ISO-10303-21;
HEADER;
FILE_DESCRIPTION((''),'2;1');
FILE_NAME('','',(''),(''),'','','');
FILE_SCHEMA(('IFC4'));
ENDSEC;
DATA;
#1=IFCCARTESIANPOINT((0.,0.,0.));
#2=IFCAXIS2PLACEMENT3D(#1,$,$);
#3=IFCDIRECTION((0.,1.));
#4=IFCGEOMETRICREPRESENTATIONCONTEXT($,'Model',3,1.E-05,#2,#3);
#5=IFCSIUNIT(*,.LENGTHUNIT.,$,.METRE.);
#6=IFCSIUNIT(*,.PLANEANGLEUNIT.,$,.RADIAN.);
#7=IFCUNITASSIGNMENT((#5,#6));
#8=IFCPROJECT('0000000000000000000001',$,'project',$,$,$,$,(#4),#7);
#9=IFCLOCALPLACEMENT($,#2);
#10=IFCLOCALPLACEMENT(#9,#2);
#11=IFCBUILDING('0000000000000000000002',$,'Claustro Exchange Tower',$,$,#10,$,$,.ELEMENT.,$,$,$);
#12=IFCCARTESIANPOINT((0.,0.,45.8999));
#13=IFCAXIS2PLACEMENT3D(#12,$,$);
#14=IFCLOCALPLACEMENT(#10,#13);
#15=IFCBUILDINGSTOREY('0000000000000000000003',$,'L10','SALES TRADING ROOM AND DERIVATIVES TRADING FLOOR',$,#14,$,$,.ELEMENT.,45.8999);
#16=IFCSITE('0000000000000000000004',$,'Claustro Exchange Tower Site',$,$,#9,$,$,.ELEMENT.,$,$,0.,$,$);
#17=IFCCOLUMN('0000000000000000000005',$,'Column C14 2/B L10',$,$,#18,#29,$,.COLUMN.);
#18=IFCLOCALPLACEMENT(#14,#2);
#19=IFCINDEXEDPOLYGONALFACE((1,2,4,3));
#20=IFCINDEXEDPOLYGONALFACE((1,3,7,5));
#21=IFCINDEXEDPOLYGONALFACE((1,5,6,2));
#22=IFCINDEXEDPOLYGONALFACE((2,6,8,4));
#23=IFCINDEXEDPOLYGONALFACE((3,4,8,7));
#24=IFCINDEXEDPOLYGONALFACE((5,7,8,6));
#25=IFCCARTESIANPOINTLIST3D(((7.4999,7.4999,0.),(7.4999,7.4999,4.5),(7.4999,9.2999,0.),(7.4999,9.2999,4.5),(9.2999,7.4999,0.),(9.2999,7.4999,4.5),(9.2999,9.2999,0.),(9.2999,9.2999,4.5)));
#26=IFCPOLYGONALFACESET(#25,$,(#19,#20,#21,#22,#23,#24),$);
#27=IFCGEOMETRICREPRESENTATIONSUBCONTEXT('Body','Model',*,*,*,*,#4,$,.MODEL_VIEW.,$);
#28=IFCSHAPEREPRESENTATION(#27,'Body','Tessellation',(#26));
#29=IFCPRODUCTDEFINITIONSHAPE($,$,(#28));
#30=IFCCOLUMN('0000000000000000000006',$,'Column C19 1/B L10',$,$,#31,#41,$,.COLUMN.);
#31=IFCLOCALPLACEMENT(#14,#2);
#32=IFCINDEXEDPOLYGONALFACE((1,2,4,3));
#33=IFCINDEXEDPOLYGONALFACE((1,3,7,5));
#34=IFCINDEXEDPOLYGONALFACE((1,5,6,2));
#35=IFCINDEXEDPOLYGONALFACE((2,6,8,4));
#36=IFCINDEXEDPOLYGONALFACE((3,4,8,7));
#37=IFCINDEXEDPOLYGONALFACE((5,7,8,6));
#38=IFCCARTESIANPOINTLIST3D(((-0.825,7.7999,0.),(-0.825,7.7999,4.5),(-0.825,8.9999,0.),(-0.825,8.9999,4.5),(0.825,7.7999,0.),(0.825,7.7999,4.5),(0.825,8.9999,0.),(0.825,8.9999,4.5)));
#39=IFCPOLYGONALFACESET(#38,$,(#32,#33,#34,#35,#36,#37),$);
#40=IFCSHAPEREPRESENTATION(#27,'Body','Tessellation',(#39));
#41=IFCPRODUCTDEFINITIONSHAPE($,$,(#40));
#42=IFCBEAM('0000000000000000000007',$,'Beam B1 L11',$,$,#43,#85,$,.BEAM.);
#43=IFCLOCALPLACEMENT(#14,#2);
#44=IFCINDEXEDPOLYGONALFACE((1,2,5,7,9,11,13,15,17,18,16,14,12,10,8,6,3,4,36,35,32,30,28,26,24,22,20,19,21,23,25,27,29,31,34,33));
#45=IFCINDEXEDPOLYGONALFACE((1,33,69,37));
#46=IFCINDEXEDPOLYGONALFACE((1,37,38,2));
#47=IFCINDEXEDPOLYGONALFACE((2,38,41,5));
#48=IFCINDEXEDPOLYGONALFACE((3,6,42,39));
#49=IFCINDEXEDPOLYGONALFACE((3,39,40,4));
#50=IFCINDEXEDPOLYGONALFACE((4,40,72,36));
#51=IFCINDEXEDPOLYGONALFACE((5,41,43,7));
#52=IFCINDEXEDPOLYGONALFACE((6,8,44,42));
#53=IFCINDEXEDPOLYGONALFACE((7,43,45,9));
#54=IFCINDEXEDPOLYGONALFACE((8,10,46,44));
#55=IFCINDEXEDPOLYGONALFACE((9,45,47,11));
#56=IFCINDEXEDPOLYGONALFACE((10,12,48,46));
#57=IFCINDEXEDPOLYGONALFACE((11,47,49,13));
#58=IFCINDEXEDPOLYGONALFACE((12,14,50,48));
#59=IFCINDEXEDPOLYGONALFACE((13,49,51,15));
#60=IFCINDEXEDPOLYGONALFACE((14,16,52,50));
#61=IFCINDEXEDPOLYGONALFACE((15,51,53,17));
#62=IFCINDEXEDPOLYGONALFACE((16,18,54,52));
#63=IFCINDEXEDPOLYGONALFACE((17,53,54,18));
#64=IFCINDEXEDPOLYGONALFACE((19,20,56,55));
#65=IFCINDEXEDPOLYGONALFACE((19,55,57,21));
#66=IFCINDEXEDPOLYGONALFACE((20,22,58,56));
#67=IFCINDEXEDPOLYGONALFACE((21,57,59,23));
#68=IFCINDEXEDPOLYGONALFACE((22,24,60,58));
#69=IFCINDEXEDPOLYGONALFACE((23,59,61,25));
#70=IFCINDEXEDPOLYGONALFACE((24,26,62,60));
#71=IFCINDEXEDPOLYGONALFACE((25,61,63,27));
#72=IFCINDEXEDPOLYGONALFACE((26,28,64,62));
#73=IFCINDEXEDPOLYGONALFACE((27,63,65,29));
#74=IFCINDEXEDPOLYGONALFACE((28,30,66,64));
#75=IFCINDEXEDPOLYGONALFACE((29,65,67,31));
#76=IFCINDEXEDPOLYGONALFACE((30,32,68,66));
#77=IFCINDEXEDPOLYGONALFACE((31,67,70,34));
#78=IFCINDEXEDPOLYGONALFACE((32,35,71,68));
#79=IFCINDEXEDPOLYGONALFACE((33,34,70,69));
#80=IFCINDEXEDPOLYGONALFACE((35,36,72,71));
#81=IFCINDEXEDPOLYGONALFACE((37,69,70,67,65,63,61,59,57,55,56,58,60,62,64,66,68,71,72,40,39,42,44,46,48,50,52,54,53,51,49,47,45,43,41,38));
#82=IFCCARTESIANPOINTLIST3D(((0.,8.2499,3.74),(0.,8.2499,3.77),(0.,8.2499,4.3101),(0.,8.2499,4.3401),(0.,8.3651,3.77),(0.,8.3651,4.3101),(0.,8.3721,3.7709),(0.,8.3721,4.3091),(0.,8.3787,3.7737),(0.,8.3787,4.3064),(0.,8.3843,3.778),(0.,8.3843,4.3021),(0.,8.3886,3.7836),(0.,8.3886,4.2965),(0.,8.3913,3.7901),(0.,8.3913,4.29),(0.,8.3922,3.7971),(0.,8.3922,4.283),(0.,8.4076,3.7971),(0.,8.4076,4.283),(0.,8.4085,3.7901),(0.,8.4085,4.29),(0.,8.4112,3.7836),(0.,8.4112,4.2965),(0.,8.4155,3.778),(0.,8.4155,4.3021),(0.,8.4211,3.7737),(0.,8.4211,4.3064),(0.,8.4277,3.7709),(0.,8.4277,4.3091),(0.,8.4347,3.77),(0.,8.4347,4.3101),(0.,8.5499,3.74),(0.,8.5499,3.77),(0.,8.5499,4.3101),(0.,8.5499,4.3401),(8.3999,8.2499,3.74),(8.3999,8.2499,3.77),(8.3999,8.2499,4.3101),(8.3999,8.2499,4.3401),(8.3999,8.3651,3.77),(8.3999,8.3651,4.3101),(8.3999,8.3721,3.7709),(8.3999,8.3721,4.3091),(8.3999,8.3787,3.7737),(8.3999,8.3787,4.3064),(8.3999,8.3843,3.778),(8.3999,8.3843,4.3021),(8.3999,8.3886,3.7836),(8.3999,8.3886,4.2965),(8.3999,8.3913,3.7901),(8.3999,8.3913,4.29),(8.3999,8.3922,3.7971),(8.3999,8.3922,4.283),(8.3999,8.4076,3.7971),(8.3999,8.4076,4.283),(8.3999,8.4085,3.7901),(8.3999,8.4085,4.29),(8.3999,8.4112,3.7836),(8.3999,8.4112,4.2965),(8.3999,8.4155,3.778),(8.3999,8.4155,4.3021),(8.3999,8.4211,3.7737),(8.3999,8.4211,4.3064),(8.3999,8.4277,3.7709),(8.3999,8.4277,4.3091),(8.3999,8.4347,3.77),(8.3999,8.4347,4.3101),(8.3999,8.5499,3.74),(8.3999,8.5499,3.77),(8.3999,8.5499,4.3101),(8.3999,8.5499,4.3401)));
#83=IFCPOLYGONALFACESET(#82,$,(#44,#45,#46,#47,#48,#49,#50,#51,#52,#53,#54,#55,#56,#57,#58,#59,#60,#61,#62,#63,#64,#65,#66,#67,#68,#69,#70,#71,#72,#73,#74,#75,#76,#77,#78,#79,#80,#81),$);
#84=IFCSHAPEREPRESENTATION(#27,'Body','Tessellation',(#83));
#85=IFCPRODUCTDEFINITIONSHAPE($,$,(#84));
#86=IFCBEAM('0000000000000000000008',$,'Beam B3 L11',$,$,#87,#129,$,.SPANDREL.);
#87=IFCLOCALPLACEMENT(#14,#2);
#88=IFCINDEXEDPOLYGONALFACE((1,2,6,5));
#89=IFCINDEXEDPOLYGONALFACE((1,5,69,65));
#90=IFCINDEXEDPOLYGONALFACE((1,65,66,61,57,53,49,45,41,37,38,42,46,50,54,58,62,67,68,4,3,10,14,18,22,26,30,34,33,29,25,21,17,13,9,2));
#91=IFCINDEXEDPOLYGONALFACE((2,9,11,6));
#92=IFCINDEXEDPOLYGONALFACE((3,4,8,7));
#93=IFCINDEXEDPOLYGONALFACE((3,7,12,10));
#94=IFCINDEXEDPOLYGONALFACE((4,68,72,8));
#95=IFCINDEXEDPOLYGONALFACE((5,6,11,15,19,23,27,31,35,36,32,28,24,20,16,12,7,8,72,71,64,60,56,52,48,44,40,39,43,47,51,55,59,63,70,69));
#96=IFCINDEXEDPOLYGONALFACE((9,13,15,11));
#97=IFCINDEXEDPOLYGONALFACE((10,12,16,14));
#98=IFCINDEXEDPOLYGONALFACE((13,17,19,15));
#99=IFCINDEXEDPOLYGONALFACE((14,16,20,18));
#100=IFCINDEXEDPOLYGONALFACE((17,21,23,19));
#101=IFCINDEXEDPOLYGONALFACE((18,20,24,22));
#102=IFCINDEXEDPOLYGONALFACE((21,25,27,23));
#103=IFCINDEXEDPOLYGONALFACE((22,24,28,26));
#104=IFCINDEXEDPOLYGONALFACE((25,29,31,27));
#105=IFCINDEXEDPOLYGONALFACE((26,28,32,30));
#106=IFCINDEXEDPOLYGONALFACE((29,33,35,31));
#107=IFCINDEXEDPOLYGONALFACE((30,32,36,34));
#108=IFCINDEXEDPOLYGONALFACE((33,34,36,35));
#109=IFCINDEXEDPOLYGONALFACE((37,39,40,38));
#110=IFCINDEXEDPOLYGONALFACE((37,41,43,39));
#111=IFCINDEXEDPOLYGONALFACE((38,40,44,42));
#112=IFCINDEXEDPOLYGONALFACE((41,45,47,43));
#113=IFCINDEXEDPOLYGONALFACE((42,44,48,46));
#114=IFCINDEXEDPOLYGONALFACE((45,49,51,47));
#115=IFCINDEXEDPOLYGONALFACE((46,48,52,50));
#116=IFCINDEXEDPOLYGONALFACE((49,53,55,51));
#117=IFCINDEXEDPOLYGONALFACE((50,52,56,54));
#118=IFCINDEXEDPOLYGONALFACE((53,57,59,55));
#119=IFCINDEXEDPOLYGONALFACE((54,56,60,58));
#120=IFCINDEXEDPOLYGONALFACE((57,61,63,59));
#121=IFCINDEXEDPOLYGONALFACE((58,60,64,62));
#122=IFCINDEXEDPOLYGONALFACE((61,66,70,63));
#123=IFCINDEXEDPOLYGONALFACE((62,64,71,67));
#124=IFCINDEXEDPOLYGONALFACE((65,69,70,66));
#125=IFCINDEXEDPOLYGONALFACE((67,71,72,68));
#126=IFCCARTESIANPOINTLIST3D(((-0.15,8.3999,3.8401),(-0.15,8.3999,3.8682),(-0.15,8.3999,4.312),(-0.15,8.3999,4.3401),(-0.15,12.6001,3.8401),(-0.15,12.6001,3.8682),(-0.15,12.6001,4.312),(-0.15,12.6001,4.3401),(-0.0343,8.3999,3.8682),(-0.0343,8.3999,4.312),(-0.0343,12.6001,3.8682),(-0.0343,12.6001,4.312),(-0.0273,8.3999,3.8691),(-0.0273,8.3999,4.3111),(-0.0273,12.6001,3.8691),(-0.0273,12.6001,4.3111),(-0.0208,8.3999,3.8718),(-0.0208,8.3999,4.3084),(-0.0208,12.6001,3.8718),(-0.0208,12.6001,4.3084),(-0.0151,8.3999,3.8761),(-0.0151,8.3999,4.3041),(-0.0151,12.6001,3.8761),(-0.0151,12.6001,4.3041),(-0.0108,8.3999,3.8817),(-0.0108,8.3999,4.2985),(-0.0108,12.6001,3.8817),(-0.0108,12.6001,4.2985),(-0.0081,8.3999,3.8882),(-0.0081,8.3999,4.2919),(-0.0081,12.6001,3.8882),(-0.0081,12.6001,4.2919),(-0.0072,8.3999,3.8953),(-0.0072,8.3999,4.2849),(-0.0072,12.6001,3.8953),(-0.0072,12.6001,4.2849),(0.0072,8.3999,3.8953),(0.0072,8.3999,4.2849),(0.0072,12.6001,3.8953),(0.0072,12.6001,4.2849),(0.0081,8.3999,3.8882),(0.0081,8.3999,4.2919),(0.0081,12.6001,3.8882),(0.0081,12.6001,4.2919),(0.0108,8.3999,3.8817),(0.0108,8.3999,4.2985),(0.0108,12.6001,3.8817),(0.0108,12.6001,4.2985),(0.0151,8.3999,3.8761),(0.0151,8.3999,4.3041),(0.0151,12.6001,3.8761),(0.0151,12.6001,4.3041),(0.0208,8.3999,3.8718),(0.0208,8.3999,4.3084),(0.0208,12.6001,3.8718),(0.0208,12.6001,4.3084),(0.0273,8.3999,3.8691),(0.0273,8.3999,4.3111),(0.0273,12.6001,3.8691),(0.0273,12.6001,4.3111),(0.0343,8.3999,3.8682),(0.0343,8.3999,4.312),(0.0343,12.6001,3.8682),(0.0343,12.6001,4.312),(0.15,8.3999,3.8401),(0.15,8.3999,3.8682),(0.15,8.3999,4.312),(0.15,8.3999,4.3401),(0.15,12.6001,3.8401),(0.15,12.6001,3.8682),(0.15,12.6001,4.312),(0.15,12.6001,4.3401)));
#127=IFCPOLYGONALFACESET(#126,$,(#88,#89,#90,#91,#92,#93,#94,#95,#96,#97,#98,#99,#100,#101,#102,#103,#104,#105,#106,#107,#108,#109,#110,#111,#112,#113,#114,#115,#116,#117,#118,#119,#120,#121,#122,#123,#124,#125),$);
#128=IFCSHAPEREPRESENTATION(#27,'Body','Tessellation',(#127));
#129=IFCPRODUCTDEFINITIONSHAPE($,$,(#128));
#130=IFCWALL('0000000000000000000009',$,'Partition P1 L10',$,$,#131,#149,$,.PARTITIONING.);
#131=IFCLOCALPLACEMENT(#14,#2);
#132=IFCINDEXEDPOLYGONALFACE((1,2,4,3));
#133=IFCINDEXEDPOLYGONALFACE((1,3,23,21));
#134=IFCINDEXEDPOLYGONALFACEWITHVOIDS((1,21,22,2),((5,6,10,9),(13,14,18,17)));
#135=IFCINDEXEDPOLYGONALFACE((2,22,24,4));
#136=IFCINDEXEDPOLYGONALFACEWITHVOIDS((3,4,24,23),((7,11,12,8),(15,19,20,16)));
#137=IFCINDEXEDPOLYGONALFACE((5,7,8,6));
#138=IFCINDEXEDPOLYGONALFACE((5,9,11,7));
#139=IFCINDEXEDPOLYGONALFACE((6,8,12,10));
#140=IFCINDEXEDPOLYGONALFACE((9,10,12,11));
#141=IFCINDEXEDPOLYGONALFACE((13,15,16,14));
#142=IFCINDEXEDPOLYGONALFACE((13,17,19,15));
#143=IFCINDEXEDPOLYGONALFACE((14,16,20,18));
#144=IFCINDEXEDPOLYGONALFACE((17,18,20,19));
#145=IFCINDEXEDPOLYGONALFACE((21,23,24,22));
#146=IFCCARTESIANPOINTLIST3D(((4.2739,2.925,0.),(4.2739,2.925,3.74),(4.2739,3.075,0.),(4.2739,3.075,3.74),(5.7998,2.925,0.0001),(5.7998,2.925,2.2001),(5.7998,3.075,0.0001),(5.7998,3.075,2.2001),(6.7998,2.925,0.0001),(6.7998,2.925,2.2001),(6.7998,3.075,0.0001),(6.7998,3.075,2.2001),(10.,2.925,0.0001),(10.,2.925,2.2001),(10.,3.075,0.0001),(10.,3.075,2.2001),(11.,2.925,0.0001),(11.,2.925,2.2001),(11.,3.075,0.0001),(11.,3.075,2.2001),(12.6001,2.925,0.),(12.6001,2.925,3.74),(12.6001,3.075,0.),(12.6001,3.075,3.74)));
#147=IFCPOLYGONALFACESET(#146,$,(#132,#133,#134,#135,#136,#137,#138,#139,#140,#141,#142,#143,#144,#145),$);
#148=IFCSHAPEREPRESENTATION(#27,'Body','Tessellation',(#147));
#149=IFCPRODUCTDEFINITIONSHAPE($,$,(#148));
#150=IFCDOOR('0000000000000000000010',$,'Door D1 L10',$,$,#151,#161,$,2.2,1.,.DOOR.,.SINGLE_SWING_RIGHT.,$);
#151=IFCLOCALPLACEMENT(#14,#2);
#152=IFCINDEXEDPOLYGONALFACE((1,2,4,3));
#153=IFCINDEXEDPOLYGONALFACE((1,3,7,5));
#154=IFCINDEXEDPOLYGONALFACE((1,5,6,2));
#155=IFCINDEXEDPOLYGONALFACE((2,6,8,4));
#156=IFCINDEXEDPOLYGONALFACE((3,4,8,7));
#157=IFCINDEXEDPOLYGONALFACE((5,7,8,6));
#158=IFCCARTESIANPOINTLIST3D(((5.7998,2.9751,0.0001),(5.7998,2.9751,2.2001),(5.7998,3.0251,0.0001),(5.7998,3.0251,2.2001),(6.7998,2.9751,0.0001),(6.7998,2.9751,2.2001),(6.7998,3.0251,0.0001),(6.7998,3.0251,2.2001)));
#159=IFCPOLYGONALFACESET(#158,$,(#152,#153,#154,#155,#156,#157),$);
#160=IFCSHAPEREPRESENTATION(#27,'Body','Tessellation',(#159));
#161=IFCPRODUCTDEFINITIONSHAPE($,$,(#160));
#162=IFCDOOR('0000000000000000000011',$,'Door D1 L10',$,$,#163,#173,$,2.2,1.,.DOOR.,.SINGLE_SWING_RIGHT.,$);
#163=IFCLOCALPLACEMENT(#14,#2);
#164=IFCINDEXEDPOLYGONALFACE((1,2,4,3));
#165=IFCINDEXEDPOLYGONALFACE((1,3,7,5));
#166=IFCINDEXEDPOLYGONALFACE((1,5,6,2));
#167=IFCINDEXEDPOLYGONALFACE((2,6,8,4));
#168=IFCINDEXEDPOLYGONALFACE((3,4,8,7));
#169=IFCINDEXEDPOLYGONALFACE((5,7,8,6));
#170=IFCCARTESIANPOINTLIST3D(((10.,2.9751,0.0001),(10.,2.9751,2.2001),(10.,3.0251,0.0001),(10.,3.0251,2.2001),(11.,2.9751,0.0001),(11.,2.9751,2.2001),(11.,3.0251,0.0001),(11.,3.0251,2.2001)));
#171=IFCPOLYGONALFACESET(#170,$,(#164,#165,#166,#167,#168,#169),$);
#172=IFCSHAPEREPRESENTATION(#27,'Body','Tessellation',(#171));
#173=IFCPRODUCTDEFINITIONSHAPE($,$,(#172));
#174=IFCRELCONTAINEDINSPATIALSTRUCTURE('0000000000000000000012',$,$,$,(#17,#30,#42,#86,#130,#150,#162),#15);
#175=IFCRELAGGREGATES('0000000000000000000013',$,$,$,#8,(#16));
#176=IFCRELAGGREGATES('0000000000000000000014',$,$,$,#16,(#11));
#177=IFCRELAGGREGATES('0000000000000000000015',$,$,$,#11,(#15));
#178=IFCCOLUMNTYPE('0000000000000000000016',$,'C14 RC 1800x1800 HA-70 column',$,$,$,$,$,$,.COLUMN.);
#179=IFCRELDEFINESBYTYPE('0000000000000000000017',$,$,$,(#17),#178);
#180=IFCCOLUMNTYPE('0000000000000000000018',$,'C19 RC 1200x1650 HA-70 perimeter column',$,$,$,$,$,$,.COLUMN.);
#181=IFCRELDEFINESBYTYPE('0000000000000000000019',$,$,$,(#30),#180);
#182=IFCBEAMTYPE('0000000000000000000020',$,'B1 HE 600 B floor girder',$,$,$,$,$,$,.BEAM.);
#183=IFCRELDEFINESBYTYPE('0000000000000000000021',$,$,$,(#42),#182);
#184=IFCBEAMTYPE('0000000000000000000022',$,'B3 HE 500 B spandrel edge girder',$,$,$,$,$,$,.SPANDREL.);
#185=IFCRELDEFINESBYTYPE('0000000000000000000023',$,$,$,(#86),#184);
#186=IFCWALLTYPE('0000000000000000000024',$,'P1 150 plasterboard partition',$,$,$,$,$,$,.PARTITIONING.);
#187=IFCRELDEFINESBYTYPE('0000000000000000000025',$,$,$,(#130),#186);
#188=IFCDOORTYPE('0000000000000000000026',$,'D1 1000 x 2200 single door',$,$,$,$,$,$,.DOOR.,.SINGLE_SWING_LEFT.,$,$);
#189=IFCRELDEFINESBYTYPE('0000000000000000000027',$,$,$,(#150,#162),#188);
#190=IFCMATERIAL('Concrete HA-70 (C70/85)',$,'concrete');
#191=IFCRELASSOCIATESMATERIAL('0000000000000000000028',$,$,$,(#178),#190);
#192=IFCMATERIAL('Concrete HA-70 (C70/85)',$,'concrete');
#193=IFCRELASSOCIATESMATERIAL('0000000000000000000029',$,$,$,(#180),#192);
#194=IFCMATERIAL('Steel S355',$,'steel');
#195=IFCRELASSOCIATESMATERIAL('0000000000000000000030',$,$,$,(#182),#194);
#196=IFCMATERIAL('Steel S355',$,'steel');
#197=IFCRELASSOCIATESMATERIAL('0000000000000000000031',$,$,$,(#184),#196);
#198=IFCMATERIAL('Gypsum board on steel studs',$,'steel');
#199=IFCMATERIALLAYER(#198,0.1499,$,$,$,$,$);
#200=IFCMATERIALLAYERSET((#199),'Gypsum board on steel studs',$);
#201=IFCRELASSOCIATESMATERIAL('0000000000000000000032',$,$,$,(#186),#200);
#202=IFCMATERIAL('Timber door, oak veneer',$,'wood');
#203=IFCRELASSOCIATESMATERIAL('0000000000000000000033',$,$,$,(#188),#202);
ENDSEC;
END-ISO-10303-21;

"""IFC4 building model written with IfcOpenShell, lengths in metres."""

from ifc_helpers import new_model, si_unit, direction, frame, frame_2d, origin, origin_2d, place, context, subcontext, project, spatial, rectangle, i_section, extrude, material, layer, layer_set, material_profile, profile_set, type_object, element, fill, save


model = new_model("IFC4")

# Units and contexts
model_context = context("Model", 3, precision=1e-05, world=origin(), true_north=direction((0.0, 1.0)))
body_context = subcontext(model_context, "Body", "Model", "MODEL_VIEW")
ifc_project = project(units=[si_unit("LENGTHUNIT", "METRE"), si_unit("PLANEANGLEUNIT", "RADIAN")], contexts=[model_context])

# Site, building, storey
site_placement = place(None, origin())
site = spatial("IfcSite", under=ifc_project, at=site_placement, Name="Claustro Exchange Tower Site", CompositionType="ELEMENT", RefElevation=0.0)
building_placement = place(site_placement, origin())
building = spatial("IfcBuilding", under=site, at=building_placement, Name="Claustro Exchange Tower", CompositionType="ELEMENT")
storey_placement = place(building_placement, frame((0.0, 0.0, 45.8999)))
storey = spatial("IfcBuildingStorey", under=building, at=storey_placement, Name="L10", Description="SALES TRADING ROOM AND DERIVATIVES TRADING FLOOR", CompositionType="ELEMENT", Elevation=45.8999)

# Columns
ifc_material_1 = material(Name="Concrete HA-70 (C70/85)", Category="concrete")
ifc_material_profile_1 = material_profile(ifc_material_1, rectangle(XDim=1.8, YDim=1.8, at=origin_2d()), Name="RC 1800x1800")
ifc_profile_set_1 = profile_set([ifc_material_profile_1], Name="Concrete HA-70 (C70/85)")
column_type_1 = type_object("IfcColumnType", Name="C14 RC 1800x1800 HA-70 column", PredefinedType="COLUMN", material=ifc_profile_set_1)
column_1_placement = place(storey_placement, frame((8.3999, 8.3999, 0.0), z_axis=(0.0, 0.0, 1.0), x_axis=(1.0, 0.0, 0.0)))
element("IfcColumn", 1, at=column_1_placement, inside=storey, type_object=column_type_1, Name="Column C14 2/B L10", PredefinedType="COLUMN", context=body_context, shape_type="SweptSolid", body=[
    extrude(rectangle(XDim=1.8, YDim=1.8, at=origin_2d()), origin(), (0.0, 0.0, 1.0), 4.5),
])
ifc_material_2 = material(Name="Concrete HA-70 (C70/85)", Category="concrete")
ifc_material_profile_2 = material_profile(ifc_material_2, rectangle(XDim=1.2, YDim=1.6499, at=origin_2d()), Name="RC 1200x1650")
ifc_profile_set_2 = profile_set([ifc_material_profile_2], Name="Concrete HA-70 (C70/85)")
column_type_2 = type_object("IfcColumnType", Name="C19 RC 1200x1650 HA-70 perimeter column", PredefinedType="COLUMN", material=ifc_profile_set_2)
column_2_placement = place(storey_placement, frame((0.0, 8.3999, 0.0), z_axis=(0.0, 0.0, 1.0), x_axis=(0.0, 1.0, 0.0)))
element("IfcColumn", 2, at=column_2_placement, inside=storey, type_object=column_type_2, Name="Column C19 1/B L10", PredefinedType="COLUMN", context=body_context, shape_type="SweptSolid", body=[
    extrude(rectangle(XDim=1.2, YDim=1.6499, at=origin_2d()), origin(), (0.0, 0.0, 1.0), 4.5),
])

# Beams
ifc_material_3 = material(Name="Steel S355", Category="steel")
ifc_material_profile_3 = material_profile(ifc_material_3, i_section(OverallWidth=0.3, OverallDepth=0.6001, WebThickness=0.0154, FlangeThickness=0.03, FilletRadius=0.0271, at=origin_2d()), Name="HE 600 B")
ifc_profile_set_3 = profile_set([ifc_material_profile_3], Name="Steel S355")
beam_type_1 = type_object("IfcBeamType", Name="B1 HE 600 B floor girder", PredefinedType="BEAM", material=ifc_profile_set_3)
beam_1_placement = place(storey_placement, frame((0.0, 8.3999, 4.04), z_axis=(1.0, 0.0, 0.0), x_axis=(0.0, 1.0, 0.0)))
element("IfcBeam", 3, at=beam_1_placement, inside=storey, type_object=beam_type_1, Name="Beam B1 L11", PredefinedType="BEAM", context=body_context, shape_type="SweptSolid", body=[
    extrude(i_section(OverallWidth=0.3, OverallDepth=0.6001, WebThickness=0.0154, FlangeThickness=0.03, FilletRadius=0.0271, at=origin_2d()), origin(), (0.0, 0.0, 1.0), 8.3999),
])
ifc_material_4 = material(Name="Steel S355", Category="steel")
ifc_material_profile_4 = material_profile(ifc_material_4, i_section(OverallWidth=0.3, OverallDepth=0.5, WebThickness=0.0144, FlangeThickness=0.0281, FilletRadius=0.0271, at=origin_2d()), Name="HE 500 B")
ifc_profile_set_4 = profile_set([ifc_material_profile_4], Name="Steel S355")
beam_type_2 = type_object("IfcBeamType", Name="B3 HE 500 B spandrel edge girder", PredefinedType="SPANDREL", material=ifc_profile_set_4)
beam_2_placement = place(storey_placement, frame((0.0, 8.3999, 4.0901), z_axis=(0.0, 1.0, 0.0), x_axis=(-1.0, 0.0, 0.0)))
element("IfcBeam", 4, at=beam_2_placement, inside=storey, type_object=beam_type_2, Name="Beam B3 L11", PredefinedType="SPANDREL", context=body_context, shape_type="SweptSolid", body=[
    extrude(i_section(OverallWidth=0.3, OverallDepth=0.5, WebThickness=0.0144, FlangeThickness=0.0281, FilletRadius=0.0271, at=origin_2d()), origin(), (0.0, 0.0, 1.0), 4.2002),
])

# Wall, openings, doors
ifc_material_5 = material(Name="Gypsum board on steel studs", Category="steel")
ifc_layer_1 = layer(ifc_material_5, 0.1499)
ifc_layer_set_1 = layer_set([ifc_layer_1], Name="Gypsum board on steel studs")
wall_type_1 = type_object("IfcWallType", Name="P1 150 plasterboard partition", PredefinedType="PARTITIONING", material=ifc_layer_set_1)
wall_1_placement = place(storey_placement, frame((4.2739, 3.0, 0.0), z_axis=(0.0, 0.0, 1.0), x_axis=(1.0, 0.0, 0.0)))
wall_1 = element("IfcWall", 5, at=wall_1_placement, inside=storey, type_object=wall_type_1, Name="Partition P1 L10", PredefinedType="PARTITIONING", context=body_context, shape_type="SweptSolid", body=[
    extrude(rectangle(XDim=8.3262, YDim=0.1499, at=frame_2d((4.1631, 0.0))), origin(), (0.0, 0.0, 1.0), 3.74),
])
opening_1_placement = place(wall_1_placement, frame((1.5259, 0.0, 0.0)))
opening_1 = element("IfcOpeningElement", 6, at=opening_1_placement, cuts=wall_1, PredefinedType="OPENING", context=body_context, shape_type="SweptSolid", body=[
    extrude(rectangle(XDim=1.0, YDim=2.2, at=frame_2d((0.5, 1.1001))), frame((0.0, 0.085, 0.0), z_axis=(0.0, -1.0, 0.0), x_axis=(1.0, 0.0, 0.0)), (0.0, 0.0, 1.0), 0.1699),
])
opening_2_placement = place(wall_1_placement, frame((5.7261, 0.0, 0.0)))
opening_2 = element("IfcOpeningElement", 7, at=opening_2_placement, cuts=wall_1, PredefinedType="OPENING", context=body_context, shape_type="SweptSolid", body=[
    extrude(rectangle(XDim=1.0, YDim=2.2, at=frame_2d((0.5, 1.1001))), frame((0.0, 0.085, 0.0), z_axis=(0.0, -1.0, 0.0), x_axis=(1.0, 0.0, 0.0)), (0.0, 0.0, 1.0), 0.1699),
])
ifc_material_6 = material(Name="Timber door, oak veneer", Category="wood")
door_type_1 = type_object("IfcDoorType", Name="D1 1000 x 2200 single door", OperationType="SINGLE_SWING_LEFT", PredefinedType="DOOR", material=ifc_material_6)
door_1_placement = place(opening_1_placement, frame((1.0, 0.0, 0.0), z_axis=(0.0, 0.0, 1.0), x_axis=(-1.0, 0.0, 0.0)))
door_1 = element("IfcDoor", 8, at=door_1_placement, inside=storey, type_object=door_type_1, Name="Door D1 L10", OperationType="SINGLE_SWING_RIGHT", OverallHeight=2.2, OverallWidth=1.0, PredefinedType="DOOR", context=body_context, shape_type="SweptSolid", body=[
    extrude(rectangle(XDim=1.0, YDim=2.2, at=frame_2d((0.5, 1.1001))), frame((0.0, 0.0249, 0.0), z_axis=(0.0, -1.0, 0.0), x_axis=(1.0, 0.0, 0.0)), (0.0, 0.0, 1.0), 0.05),
])
fill(opening_1, door_1)
door_2_placement = place(opening_2_placement, frame((1.0, 0.0, 0.0), z_axis=(0.0, 0.0, 1.0), x_axis=(-1.0, 0.0, 0.0)))
door_2 = element("IfcDoor", 9, at=door_2_placement, inside=storey, type_object=door_type_1, Name="Door D1 L10", OperationType="SINGLE_SWING_RIGHT", OverallHeight=2.2, OverallWidth=1.0, PredefinedType="DOOR", context=body_context, shape_type="SweptSolid", body=[
    extrude(rectangle(XDim=1.0, YDim=2.2, at=frame_2d((0.5, 1.1001))), frame((0.0, 0.0249, 0.0), z_axis=(0.0, -1.0, 0.0), x_axis=(1.0, 0.0, 0.0)), (0.0, 0.0, 1.0), 0.05),
])
fill(opening_2, door_2)

save(model, "model.ifc")
